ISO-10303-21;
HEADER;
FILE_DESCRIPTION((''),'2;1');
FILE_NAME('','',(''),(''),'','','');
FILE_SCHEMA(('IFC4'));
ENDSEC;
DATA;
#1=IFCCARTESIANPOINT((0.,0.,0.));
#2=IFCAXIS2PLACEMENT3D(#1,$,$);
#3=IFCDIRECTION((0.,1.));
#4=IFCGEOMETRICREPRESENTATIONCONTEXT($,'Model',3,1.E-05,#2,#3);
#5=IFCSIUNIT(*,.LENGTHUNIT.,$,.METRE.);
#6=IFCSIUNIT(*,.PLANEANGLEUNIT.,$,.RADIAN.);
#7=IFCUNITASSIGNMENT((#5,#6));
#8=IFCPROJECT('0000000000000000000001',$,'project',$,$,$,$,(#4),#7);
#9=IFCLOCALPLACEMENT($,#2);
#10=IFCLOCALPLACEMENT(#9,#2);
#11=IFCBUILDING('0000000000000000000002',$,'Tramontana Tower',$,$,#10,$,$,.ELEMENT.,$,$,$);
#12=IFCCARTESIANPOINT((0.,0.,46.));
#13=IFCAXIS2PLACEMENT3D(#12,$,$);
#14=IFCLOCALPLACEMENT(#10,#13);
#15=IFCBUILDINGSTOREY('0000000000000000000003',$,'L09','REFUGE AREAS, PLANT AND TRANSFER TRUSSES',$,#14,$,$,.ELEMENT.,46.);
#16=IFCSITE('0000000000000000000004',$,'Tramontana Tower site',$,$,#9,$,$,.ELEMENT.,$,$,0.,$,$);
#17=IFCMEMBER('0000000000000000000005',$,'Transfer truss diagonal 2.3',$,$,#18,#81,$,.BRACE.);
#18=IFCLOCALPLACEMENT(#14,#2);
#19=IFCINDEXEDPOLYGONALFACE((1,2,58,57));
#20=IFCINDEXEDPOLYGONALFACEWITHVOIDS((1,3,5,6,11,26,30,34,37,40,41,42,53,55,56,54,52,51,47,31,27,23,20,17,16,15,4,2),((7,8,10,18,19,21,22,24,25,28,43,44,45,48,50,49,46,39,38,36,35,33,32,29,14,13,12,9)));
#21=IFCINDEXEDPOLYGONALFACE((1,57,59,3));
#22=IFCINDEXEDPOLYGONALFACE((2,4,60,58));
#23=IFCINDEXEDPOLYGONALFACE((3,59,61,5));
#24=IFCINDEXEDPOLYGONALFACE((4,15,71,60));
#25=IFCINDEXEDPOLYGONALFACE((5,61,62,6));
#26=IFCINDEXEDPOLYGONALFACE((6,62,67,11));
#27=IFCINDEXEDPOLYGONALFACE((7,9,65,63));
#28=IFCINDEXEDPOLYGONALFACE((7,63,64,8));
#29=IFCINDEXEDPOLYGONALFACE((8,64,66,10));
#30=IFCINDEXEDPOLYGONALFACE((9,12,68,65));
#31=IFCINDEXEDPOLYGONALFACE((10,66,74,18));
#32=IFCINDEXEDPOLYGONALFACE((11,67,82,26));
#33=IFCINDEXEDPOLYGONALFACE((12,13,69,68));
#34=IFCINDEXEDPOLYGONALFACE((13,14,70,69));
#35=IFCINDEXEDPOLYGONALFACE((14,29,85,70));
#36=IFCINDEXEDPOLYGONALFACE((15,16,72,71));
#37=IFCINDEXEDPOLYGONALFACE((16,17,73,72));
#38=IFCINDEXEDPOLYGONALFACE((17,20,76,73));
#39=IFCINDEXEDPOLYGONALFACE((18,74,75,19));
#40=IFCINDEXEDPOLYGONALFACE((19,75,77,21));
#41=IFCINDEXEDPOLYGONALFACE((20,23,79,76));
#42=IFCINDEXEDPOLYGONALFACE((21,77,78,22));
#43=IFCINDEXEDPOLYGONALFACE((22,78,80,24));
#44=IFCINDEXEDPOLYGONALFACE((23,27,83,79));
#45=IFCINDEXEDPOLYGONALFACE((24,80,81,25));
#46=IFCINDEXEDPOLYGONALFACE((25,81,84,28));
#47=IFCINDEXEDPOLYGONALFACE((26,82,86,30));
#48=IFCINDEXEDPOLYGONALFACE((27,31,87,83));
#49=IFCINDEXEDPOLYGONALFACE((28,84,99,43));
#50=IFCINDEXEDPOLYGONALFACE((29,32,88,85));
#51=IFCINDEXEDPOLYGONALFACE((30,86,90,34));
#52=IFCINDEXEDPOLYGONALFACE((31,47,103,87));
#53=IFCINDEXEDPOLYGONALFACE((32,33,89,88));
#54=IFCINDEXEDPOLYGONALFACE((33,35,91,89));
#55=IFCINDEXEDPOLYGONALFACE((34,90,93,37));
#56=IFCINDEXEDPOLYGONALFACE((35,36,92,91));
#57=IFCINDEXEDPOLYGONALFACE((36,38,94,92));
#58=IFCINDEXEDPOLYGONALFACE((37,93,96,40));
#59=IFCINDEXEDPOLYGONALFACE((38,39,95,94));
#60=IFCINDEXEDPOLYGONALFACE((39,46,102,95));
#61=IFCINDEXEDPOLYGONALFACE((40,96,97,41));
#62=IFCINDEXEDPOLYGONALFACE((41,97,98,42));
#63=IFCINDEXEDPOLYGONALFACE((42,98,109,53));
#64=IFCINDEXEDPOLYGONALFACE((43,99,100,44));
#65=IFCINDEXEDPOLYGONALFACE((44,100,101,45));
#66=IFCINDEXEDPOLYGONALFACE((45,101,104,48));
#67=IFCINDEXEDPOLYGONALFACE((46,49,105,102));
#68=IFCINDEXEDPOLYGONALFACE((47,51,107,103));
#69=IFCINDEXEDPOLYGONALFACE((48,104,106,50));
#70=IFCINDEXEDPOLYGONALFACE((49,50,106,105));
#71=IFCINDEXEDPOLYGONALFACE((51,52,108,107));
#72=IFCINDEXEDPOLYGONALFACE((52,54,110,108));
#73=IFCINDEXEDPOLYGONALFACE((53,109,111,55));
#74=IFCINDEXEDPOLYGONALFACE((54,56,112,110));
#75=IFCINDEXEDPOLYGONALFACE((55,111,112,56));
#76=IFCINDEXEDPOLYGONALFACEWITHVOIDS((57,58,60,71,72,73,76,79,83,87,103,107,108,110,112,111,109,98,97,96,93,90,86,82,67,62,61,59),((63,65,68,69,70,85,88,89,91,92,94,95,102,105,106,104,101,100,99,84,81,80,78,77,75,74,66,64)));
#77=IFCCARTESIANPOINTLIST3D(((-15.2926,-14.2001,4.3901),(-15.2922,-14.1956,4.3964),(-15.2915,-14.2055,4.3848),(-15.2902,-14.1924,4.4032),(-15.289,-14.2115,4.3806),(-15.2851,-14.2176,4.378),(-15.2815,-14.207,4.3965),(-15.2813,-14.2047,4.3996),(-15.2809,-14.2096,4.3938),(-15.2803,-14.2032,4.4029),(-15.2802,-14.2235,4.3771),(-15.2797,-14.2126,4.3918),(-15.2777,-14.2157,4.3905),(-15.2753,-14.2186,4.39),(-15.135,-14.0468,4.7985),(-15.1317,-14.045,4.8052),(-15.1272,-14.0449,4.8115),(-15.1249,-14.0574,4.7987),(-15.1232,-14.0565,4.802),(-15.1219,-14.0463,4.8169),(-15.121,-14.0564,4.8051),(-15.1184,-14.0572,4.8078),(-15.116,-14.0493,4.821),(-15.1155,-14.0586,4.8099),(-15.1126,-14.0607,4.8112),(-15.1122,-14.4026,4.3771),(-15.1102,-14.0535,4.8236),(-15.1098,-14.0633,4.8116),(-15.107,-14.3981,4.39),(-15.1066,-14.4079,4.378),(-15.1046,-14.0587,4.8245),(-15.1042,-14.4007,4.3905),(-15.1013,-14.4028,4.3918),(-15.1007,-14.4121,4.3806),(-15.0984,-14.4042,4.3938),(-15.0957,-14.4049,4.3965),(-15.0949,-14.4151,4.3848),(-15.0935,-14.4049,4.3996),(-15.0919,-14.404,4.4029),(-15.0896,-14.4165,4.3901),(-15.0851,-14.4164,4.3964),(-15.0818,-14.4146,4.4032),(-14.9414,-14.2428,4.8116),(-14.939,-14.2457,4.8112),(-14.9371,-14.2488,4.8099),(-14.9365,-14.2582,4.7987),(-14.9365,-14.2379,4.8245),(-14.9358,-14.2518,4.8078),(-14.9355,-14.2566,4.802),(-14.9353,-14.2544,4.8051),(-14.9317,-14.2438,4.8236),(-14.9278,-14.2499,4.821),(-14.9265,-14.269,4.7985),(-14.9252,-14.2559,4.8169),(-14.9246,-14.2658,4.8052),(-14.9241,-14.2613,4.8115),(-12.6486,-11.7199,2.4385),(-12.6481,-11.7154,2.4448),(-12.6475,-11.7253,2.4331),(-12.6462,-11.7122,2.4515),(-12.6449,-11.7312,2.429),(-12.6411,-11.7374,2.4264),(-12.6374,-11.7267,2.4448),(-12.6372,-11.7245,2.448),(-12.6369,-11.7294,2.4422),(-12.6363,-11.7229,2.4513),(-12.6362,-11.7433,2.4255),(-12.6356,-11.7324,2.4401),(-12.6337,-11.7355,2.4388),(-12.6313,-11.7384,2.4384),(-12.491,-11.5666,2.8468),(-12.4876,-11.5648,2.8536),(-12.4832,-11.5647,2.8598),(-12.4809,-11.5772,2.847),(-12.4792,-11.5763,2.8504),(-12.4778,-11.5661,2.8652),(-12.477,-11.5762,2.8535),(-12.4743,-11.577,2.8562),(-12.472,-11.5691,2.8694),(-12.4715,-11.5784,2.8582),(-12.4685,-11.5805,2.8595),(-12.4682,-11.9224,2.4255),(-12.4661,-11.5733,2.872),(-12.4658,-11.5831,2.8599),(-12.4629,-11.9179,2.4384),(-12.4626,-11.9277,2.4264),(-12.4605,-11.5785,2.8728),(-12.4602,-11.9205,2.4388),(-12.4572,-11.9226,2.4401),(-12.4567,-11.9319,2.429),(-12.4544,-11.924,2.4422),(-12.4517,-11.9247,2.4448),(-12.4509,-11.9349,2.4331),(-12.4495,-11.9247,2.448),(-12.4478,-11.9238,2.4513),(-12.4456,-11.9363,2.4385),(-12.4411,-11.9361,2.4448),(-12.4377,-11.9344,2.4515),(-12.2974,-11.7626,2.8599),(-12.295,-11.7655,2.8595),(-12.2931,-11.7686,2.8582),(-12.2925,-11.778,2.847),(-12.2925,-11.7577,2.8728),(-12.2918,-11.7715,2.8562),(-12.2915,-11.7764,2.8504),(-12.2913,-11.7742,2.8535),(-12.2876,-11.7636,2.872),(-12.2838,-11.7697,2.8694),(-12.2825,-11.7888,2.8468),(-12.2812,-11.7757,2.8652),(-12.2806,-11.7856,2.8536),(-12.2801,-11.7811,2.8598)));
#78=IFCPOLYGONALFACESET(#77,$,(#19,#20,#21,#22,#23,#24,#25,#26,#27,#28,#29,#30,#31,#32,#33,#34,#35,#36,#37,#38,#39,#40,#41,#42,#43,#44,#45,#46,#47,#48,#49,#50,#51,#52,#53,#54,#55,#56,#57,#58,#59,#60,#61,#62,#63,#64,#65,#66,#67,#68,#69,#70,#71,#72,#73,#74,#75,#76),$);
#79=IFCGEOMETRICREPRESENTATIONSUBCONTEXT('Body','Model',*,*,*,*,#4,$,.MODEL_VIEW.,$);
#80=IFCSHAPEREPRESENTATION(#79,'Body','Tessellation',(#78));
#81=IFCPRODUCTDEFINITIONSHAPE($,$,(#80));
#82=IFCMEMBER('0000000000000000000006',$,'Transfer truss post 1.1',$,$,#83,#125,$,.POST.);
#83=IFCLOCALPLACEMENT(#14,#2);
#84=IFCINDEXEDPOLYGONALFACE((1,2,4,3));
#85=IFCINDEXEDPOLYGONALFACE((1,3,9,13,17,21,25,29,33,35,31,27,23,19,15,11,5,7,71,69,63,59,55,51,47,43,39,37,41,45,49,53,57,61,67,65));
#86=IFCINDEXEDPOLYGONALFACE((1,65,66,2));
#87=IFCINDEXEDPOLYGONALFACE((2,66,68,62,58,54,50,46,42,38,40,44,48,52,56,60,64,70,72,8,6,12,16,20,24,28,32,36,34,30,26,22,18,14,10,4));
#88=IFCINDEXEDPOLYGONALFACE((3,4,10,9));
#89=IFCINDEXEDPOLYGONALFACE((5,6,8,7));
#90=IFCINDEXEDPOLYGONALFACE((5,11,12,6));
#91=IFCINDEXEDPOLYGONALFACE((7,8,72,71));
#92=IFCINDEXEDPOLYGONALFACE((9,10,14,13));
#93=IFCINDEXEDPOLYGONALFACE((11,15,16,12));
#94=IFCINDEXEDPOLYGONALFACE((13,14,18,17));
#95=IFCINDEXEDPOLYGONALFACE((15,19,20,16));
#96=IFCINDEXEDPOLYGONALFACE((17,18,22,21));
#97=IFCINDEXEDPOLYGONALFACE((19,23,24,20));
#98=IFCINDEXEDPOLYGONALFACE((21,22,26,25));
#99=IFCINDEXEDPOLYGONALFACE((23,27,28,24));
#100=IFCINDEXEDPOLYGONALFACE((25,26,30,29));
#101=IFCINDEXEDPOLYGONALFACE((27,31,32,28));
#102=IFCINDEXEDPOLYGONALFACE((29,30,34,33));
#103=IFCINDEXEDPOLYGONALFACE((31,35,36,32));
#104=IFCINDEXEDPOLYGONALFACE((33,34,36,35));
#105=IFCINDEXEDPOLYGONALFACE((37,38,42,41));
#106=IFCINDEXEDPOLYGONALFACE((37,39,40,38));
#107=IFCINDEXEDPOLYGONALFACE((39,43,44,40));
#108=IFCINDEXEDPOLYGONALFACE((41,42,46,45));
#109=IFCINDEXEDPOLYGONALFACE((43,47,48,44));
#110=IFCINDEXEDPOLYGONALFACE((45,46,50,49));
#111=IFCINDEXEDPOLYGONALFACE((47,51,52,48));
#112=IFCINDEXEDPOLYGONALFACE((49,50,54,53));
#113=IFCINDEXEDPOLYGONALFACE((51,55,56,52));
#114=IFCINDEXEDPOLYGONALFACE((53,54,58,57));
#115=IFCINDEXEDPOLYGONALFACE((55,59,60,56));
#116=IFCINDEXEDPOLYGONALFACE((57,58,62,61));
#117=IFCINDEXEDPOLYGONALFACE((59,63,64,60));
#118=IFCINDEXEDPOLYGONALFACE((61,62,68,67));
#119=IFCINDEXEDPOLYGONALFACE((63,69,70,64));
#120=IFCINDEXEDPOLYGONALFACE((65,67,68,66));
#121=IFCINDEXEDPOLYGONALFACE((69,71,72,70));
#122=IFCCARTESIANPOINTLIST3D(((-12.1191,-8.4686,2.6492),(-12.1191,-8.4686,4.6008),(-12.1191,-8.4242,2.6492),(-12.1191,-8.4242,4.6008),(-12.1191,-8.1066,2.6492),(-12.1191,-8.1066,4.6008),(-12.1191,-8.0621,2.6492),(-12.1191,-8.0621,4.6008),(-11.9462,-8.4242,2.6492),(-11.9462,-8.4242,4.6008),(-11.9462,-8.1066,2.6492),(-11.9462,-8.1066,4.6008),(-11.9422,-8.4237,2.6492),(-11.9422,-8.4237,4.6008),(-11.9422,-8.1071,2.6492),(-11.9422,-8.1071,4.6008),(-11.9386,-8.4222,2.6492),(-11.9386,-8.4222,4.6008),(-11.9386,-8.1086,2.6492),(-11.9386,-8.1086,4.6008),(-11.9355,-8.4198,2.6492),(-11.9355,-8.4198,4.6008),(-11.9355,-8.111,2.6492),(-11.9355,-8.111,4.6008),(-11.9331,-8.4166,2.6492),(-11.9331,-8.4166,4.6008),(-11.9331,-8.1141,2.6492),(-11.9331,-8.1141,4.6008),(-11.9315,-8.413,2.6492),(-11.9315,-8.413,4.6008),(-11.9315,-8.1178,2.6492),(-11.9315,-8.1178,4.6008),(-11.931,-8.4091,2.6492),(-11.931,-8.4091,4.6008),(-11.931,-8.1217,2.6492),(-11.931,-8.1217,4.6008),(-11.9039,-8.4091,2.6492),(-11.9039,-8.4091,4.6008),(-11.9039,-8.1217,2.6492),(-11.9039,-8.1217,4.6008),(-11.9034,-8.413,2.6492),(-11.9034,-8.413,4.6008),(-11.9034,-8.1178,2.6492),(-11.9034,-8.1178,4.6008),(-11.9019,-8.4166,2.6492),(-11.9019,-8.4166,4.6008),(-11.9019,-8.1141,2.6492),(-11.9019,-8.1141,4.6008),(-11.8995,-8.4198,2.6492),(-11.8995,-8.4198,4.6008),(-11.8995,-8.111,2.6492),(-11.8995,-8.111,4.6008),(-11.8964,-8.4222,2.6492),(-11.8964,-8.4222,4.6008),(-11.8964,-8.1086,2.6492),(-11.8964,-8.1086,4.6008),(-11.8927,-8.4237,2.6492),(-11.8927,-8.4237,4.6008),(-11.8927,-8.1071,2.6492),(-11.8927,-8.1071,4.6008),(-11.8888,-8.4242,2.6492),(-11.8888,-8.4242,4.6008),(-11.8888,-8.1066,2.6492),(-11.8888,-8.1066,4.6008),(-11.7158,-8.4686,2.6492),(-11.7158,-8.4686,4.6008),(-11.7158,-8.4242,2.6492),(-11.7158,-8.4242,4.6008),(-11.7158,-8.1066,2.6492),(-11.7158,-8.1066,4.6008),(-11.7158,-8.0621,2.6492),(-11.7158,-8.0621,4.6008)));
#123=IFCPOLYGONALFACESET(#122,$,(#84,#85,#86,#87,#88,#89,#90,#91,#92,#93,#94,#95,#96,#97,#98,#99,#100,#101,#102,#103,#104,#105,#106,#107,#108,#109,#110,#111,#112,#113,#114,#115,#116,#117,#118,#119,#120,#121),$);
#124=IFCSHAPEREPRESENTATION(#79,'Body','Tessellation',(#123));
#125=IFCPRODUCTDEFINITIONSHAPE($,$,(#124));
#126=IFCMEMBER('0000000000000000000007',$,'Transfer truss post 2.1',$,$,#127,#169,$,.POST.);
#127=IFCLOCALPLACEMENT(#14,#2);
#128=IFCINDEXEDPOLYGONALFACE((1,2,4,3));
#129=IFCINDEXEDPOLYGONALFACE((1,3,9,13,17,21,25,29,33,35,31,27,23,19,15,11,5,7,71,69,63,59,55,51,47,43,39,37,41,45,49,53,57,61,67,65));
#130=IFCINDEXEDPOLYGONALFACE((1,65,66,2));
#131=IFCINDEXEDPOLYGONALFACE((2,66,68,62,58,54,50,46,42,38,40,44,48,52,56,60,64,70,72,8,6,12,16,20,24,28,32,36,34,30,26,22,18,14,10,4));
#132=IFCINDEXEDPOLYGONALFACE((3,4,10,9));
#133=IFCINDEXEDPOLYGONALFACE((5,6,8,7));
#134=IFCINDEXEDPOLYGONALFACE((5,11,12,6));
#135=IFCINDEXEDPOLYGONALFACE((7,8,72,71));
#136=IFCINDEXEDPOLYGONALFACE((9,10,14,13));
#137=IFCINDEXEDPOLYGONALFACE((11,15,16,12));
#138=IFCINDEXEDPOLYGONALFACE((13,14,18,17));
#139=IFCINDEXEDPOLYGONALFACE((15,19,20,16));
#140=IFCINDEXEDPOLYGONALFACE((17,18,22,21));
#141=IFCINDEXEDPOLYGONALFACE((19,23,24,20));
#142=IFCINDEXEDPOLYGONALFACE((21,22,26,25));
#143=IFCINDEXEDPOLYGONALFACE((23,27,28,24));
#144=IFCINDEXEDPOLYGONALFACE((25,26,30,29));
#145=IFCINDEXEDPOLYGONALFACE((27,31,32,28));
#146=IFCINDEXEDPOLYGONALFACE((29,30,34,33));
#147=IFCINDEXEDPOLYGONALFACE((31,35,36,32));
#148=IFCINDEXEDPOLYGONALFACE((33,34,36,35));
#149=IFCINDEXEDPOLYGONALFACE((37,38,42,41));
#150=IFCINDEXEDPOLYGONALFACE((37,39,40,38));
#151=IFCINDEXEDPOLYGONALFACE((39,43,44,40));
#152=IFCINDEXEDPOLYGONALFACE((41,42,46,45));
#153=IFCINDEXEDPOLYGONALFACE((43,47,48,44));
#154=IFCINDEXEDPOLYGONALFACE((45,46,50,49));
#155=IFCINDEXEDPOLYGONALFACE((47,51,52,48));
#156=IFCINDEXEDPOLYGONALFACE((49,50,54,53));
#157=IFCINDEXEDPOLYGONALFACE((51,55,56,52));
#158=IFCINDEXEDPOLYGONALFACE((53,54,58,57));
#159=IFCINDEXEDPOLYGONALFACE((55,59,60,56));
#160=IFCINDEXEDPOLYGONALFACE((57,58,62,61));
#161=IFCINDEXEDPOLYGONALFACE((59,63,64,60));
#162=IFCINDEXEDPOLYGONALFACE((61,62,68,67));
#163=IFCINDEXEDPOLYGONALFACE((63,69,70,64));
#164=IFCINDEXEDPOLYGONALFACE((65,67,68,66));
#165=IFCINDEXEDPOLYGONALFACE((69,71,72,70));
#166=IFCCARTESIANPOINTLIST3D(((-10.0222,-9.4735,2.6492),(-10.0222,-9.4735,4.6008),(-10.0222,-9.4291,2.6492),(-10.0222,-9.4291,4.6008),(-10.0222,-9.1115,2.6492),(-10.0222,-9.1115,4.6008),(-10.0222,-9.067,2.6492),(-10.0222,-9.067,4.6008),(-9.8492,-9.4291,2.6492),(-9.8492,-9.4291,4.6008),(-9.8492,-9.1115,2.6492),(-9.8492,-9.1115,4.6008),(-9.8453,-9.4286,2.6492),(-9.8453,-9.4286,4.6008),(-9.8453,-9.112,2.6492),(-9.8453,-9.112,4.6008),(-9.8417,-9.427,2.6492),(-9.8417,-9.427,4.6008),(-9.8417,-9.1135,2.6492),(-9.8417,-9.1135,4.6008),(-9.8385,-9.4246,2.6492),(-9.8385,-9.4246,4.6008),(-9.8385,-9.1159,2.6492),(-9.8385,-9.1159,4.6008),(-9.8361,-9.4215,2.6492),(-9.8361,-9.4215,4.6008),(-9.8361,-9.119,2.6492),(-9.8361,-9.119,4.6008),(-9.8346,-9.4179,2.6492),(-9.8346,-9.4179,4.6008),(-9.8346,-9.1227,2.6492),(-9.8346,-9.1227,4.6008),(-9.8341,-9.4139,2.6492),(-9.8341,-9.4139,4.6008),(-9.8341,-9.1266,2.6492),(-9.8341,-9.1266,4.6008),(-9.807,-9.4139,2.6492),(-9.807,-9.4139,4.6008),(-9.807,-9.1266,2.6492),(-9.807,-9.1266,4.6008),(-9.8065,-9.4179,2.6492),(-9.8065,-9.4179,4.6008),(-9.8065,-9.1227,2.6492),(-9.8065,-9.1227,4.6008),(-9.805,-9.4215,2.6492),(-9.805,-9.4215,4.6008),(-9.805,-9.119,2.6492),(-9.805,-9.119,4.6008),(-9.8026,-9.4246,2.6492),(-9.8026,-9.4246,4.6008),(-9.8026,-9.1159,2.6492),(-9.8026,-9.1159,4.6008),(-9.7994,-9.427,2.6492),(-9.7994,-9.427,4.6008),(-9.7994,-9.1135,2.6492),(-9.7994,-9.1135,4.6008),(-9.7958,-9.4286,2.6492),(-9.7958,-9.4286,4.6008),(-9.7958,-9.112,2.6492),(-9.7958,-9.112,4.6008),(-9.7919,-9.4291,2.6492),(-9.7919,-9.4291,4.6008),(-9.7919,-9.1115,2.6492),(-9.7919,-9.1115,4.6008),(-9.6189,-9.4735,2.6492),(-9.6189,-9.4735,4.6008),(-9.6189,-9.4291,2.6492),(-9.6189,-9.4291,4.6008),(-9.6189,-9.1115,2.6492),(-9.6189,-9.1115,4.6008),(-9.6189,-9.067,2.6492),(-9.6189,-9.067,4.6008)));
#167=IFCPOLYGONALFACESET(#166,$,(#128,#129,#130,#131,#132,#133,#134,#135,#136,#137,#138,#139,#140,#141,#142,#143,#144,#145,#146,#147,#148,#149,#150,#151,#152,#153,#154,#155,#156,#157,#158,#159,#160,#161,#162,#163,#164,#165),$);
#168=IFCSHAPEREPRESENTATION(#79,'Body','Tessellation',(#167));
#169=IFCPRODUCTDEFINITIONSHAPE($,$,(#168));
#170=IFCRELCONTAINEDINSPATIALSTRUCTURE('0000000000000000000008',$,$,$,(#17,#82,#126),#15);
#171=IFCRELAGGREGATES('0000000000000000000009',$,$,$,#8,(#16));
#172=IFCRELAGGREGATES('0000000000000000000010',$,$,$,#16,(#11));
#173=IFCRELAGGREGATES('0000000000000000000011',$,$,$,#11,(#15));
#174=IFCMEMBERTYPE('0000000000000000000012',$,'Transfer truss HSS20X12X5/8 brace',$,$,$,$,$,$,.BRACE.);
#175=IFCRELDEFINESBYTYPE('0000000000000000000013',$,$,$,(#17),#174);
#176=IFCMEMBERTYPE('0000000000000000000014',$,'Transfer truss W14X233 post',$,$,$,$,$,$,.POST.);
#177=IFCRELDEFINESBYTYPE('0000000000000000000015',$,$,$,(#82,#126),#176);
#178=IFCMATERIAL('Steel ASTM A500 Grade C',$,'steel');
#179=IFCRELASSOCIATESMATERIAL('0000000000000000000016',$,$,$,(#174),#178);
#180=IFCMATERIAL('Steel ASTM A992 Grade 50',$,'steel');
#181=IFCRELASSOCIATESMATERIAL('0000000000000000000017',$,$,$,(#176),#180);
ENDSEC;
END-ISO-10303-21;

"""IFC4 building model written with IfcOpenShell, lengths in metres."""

from ifc_helpers import new_model, si_unit, direction, frame, origin, origin_2d, place, context, subcontext, project, spatial, hollow_rectangle, i_section, extrude, material, material_profile, profile_set, type_object, element, save


model = new_model("IFC4")

# Units and contexts
model_context = context("Model", 3, precision=1e-05, world=origin(), true_north=direction((0.0, 1.0)))
body_context = subcontext(model_context, "Body", "Model", "MODEL_VIEW")
ifc_project = project(units=[si_unit("LENGTHUNIT", "METRE"), si_unit("PLANEANGLEUNIT", "RADIAN")], contexts=[model_context])

# Site, building, storey
site_placement = place(None, origin())
site = spatial("IfcSite", under=ifc_project, at=site_placement, Name="Tramontana Tower site", CompositionType="ELEMENT", RefElevation=0.0)
building_placement = place(site_placement, origin())
building = spatial("IfcBuilding", under=site, at=building_placement, Name="Tramontana Tower", CompositionType="ELEMENT")
storey_placement = place(building_placement, frame((0.0, 0.0, 46.0)))
storey = spatial("IfcBuildingStorey", under=building, at=storey_placement, Name="L09", Description="REFUGE AREAS, PLANT AND TRANSFER TRUSSES", CompositionType="ELEMENT", Elevation=46.0)

# Members
ifc_material_1 = material(Name="Steel ASTM A500 Grade C", Category="steel")
ifc_material_profile_1 = material_profile(ifc_material_1, hollow_rectangle(XDim=0.3047, YDim=0.5081, WallThickness=0.0146, InnerFilletRadius=0.0146, OuterFilletRadius=0.0295, at=origin_2d()), Name="HSS20X12X5/8")
ifc_profile_set_1 = profile_set([ifc_material_profile_1], Name="Steel ASTM A500 Grade C")
member_type_1 = type_object("IfcMemberType", Name="Transfer truss HSS20X12X5/8 brace", PredefinedType="BRACE", material=ifc_profile_set_1)
member_1_placement = place(storey_placement, frame((-12.4644, -11.7505, 2.6492), z_axis=(-0.642192, -0.602404, 0.474024), x_axis=(0.684152, -0.72934, 0.0)))
element("IfcMember", 1, at=member_1_placement, inside=storey, type_object=member_type_1, Name="Transfer truss diagonal 2.3", PredefinedType="BRACE", context=body_context, shape_type="SweptSolid", body=[
    extrude(hollow_rectangle(XDim=0.3047, YDim=0.5081, WallThickness=0.0146, InnerFilletRadius=0.0146, OuterFilletRadius=0.0295, at=origin_2d()), origin(), (0.0, 0.0, 1.0), 4.1172),
])
ifc_material_2 = material(Name="Steel ASTM A992 Grade 50", Category="steel")
ifc_material_profile_2 = material_profile(ifc_material_2, i_section(OverallWidth=0.4033, OverallDepth=0.4065, WebThickness=0.0271, FlangeThickness=0.0444, FilletRadius=0.0151, at=origin_2d()), Name="W14X233")
ifc_profile_set_2 = profile_set([ifc_material_profile_2], Name="Steel ASTM A992 Grade 50")
member_type_2 = type_object("IfcMemberType", Name="Transfer truss W14X233 post", PredefinedType="POST", material=ifc_profile_set_2)
for number, where, z_axis, x_axis, name in (
    (2, (-11.9175, -8.2654, 2.6492), (0.0, 0.0, 1.0), (1.0, 0.0, 0.0), "Transfer truss post 1.1"),
    (3, (-9.8206, -9.2703, 2.6492), (0.0, 0.0, 1.0), (1.0, 0.0, 0.0), "Transfer truss post 2.1"),
):
    element("IfcMember", number, at=place(storey_placement, frame(where, z_axis=z_axis, x_axis=x_axis)), inside=storey, type_object=member_type_2, Name=name, PredefinedType="POST", context=body_context, shape_type="SweptSolid", body=[
        extrude(i_section(OverallWidth=0.4033, OverallDepth=0.4065, WebThickness=0.0271, FlangeThickness=0.0444, FilletRadius=0.0151, at=origin_2d()), origin(), (0.0, 0.0, 1.0), 1.9517),
    ])

save(model, "model.ifc")
